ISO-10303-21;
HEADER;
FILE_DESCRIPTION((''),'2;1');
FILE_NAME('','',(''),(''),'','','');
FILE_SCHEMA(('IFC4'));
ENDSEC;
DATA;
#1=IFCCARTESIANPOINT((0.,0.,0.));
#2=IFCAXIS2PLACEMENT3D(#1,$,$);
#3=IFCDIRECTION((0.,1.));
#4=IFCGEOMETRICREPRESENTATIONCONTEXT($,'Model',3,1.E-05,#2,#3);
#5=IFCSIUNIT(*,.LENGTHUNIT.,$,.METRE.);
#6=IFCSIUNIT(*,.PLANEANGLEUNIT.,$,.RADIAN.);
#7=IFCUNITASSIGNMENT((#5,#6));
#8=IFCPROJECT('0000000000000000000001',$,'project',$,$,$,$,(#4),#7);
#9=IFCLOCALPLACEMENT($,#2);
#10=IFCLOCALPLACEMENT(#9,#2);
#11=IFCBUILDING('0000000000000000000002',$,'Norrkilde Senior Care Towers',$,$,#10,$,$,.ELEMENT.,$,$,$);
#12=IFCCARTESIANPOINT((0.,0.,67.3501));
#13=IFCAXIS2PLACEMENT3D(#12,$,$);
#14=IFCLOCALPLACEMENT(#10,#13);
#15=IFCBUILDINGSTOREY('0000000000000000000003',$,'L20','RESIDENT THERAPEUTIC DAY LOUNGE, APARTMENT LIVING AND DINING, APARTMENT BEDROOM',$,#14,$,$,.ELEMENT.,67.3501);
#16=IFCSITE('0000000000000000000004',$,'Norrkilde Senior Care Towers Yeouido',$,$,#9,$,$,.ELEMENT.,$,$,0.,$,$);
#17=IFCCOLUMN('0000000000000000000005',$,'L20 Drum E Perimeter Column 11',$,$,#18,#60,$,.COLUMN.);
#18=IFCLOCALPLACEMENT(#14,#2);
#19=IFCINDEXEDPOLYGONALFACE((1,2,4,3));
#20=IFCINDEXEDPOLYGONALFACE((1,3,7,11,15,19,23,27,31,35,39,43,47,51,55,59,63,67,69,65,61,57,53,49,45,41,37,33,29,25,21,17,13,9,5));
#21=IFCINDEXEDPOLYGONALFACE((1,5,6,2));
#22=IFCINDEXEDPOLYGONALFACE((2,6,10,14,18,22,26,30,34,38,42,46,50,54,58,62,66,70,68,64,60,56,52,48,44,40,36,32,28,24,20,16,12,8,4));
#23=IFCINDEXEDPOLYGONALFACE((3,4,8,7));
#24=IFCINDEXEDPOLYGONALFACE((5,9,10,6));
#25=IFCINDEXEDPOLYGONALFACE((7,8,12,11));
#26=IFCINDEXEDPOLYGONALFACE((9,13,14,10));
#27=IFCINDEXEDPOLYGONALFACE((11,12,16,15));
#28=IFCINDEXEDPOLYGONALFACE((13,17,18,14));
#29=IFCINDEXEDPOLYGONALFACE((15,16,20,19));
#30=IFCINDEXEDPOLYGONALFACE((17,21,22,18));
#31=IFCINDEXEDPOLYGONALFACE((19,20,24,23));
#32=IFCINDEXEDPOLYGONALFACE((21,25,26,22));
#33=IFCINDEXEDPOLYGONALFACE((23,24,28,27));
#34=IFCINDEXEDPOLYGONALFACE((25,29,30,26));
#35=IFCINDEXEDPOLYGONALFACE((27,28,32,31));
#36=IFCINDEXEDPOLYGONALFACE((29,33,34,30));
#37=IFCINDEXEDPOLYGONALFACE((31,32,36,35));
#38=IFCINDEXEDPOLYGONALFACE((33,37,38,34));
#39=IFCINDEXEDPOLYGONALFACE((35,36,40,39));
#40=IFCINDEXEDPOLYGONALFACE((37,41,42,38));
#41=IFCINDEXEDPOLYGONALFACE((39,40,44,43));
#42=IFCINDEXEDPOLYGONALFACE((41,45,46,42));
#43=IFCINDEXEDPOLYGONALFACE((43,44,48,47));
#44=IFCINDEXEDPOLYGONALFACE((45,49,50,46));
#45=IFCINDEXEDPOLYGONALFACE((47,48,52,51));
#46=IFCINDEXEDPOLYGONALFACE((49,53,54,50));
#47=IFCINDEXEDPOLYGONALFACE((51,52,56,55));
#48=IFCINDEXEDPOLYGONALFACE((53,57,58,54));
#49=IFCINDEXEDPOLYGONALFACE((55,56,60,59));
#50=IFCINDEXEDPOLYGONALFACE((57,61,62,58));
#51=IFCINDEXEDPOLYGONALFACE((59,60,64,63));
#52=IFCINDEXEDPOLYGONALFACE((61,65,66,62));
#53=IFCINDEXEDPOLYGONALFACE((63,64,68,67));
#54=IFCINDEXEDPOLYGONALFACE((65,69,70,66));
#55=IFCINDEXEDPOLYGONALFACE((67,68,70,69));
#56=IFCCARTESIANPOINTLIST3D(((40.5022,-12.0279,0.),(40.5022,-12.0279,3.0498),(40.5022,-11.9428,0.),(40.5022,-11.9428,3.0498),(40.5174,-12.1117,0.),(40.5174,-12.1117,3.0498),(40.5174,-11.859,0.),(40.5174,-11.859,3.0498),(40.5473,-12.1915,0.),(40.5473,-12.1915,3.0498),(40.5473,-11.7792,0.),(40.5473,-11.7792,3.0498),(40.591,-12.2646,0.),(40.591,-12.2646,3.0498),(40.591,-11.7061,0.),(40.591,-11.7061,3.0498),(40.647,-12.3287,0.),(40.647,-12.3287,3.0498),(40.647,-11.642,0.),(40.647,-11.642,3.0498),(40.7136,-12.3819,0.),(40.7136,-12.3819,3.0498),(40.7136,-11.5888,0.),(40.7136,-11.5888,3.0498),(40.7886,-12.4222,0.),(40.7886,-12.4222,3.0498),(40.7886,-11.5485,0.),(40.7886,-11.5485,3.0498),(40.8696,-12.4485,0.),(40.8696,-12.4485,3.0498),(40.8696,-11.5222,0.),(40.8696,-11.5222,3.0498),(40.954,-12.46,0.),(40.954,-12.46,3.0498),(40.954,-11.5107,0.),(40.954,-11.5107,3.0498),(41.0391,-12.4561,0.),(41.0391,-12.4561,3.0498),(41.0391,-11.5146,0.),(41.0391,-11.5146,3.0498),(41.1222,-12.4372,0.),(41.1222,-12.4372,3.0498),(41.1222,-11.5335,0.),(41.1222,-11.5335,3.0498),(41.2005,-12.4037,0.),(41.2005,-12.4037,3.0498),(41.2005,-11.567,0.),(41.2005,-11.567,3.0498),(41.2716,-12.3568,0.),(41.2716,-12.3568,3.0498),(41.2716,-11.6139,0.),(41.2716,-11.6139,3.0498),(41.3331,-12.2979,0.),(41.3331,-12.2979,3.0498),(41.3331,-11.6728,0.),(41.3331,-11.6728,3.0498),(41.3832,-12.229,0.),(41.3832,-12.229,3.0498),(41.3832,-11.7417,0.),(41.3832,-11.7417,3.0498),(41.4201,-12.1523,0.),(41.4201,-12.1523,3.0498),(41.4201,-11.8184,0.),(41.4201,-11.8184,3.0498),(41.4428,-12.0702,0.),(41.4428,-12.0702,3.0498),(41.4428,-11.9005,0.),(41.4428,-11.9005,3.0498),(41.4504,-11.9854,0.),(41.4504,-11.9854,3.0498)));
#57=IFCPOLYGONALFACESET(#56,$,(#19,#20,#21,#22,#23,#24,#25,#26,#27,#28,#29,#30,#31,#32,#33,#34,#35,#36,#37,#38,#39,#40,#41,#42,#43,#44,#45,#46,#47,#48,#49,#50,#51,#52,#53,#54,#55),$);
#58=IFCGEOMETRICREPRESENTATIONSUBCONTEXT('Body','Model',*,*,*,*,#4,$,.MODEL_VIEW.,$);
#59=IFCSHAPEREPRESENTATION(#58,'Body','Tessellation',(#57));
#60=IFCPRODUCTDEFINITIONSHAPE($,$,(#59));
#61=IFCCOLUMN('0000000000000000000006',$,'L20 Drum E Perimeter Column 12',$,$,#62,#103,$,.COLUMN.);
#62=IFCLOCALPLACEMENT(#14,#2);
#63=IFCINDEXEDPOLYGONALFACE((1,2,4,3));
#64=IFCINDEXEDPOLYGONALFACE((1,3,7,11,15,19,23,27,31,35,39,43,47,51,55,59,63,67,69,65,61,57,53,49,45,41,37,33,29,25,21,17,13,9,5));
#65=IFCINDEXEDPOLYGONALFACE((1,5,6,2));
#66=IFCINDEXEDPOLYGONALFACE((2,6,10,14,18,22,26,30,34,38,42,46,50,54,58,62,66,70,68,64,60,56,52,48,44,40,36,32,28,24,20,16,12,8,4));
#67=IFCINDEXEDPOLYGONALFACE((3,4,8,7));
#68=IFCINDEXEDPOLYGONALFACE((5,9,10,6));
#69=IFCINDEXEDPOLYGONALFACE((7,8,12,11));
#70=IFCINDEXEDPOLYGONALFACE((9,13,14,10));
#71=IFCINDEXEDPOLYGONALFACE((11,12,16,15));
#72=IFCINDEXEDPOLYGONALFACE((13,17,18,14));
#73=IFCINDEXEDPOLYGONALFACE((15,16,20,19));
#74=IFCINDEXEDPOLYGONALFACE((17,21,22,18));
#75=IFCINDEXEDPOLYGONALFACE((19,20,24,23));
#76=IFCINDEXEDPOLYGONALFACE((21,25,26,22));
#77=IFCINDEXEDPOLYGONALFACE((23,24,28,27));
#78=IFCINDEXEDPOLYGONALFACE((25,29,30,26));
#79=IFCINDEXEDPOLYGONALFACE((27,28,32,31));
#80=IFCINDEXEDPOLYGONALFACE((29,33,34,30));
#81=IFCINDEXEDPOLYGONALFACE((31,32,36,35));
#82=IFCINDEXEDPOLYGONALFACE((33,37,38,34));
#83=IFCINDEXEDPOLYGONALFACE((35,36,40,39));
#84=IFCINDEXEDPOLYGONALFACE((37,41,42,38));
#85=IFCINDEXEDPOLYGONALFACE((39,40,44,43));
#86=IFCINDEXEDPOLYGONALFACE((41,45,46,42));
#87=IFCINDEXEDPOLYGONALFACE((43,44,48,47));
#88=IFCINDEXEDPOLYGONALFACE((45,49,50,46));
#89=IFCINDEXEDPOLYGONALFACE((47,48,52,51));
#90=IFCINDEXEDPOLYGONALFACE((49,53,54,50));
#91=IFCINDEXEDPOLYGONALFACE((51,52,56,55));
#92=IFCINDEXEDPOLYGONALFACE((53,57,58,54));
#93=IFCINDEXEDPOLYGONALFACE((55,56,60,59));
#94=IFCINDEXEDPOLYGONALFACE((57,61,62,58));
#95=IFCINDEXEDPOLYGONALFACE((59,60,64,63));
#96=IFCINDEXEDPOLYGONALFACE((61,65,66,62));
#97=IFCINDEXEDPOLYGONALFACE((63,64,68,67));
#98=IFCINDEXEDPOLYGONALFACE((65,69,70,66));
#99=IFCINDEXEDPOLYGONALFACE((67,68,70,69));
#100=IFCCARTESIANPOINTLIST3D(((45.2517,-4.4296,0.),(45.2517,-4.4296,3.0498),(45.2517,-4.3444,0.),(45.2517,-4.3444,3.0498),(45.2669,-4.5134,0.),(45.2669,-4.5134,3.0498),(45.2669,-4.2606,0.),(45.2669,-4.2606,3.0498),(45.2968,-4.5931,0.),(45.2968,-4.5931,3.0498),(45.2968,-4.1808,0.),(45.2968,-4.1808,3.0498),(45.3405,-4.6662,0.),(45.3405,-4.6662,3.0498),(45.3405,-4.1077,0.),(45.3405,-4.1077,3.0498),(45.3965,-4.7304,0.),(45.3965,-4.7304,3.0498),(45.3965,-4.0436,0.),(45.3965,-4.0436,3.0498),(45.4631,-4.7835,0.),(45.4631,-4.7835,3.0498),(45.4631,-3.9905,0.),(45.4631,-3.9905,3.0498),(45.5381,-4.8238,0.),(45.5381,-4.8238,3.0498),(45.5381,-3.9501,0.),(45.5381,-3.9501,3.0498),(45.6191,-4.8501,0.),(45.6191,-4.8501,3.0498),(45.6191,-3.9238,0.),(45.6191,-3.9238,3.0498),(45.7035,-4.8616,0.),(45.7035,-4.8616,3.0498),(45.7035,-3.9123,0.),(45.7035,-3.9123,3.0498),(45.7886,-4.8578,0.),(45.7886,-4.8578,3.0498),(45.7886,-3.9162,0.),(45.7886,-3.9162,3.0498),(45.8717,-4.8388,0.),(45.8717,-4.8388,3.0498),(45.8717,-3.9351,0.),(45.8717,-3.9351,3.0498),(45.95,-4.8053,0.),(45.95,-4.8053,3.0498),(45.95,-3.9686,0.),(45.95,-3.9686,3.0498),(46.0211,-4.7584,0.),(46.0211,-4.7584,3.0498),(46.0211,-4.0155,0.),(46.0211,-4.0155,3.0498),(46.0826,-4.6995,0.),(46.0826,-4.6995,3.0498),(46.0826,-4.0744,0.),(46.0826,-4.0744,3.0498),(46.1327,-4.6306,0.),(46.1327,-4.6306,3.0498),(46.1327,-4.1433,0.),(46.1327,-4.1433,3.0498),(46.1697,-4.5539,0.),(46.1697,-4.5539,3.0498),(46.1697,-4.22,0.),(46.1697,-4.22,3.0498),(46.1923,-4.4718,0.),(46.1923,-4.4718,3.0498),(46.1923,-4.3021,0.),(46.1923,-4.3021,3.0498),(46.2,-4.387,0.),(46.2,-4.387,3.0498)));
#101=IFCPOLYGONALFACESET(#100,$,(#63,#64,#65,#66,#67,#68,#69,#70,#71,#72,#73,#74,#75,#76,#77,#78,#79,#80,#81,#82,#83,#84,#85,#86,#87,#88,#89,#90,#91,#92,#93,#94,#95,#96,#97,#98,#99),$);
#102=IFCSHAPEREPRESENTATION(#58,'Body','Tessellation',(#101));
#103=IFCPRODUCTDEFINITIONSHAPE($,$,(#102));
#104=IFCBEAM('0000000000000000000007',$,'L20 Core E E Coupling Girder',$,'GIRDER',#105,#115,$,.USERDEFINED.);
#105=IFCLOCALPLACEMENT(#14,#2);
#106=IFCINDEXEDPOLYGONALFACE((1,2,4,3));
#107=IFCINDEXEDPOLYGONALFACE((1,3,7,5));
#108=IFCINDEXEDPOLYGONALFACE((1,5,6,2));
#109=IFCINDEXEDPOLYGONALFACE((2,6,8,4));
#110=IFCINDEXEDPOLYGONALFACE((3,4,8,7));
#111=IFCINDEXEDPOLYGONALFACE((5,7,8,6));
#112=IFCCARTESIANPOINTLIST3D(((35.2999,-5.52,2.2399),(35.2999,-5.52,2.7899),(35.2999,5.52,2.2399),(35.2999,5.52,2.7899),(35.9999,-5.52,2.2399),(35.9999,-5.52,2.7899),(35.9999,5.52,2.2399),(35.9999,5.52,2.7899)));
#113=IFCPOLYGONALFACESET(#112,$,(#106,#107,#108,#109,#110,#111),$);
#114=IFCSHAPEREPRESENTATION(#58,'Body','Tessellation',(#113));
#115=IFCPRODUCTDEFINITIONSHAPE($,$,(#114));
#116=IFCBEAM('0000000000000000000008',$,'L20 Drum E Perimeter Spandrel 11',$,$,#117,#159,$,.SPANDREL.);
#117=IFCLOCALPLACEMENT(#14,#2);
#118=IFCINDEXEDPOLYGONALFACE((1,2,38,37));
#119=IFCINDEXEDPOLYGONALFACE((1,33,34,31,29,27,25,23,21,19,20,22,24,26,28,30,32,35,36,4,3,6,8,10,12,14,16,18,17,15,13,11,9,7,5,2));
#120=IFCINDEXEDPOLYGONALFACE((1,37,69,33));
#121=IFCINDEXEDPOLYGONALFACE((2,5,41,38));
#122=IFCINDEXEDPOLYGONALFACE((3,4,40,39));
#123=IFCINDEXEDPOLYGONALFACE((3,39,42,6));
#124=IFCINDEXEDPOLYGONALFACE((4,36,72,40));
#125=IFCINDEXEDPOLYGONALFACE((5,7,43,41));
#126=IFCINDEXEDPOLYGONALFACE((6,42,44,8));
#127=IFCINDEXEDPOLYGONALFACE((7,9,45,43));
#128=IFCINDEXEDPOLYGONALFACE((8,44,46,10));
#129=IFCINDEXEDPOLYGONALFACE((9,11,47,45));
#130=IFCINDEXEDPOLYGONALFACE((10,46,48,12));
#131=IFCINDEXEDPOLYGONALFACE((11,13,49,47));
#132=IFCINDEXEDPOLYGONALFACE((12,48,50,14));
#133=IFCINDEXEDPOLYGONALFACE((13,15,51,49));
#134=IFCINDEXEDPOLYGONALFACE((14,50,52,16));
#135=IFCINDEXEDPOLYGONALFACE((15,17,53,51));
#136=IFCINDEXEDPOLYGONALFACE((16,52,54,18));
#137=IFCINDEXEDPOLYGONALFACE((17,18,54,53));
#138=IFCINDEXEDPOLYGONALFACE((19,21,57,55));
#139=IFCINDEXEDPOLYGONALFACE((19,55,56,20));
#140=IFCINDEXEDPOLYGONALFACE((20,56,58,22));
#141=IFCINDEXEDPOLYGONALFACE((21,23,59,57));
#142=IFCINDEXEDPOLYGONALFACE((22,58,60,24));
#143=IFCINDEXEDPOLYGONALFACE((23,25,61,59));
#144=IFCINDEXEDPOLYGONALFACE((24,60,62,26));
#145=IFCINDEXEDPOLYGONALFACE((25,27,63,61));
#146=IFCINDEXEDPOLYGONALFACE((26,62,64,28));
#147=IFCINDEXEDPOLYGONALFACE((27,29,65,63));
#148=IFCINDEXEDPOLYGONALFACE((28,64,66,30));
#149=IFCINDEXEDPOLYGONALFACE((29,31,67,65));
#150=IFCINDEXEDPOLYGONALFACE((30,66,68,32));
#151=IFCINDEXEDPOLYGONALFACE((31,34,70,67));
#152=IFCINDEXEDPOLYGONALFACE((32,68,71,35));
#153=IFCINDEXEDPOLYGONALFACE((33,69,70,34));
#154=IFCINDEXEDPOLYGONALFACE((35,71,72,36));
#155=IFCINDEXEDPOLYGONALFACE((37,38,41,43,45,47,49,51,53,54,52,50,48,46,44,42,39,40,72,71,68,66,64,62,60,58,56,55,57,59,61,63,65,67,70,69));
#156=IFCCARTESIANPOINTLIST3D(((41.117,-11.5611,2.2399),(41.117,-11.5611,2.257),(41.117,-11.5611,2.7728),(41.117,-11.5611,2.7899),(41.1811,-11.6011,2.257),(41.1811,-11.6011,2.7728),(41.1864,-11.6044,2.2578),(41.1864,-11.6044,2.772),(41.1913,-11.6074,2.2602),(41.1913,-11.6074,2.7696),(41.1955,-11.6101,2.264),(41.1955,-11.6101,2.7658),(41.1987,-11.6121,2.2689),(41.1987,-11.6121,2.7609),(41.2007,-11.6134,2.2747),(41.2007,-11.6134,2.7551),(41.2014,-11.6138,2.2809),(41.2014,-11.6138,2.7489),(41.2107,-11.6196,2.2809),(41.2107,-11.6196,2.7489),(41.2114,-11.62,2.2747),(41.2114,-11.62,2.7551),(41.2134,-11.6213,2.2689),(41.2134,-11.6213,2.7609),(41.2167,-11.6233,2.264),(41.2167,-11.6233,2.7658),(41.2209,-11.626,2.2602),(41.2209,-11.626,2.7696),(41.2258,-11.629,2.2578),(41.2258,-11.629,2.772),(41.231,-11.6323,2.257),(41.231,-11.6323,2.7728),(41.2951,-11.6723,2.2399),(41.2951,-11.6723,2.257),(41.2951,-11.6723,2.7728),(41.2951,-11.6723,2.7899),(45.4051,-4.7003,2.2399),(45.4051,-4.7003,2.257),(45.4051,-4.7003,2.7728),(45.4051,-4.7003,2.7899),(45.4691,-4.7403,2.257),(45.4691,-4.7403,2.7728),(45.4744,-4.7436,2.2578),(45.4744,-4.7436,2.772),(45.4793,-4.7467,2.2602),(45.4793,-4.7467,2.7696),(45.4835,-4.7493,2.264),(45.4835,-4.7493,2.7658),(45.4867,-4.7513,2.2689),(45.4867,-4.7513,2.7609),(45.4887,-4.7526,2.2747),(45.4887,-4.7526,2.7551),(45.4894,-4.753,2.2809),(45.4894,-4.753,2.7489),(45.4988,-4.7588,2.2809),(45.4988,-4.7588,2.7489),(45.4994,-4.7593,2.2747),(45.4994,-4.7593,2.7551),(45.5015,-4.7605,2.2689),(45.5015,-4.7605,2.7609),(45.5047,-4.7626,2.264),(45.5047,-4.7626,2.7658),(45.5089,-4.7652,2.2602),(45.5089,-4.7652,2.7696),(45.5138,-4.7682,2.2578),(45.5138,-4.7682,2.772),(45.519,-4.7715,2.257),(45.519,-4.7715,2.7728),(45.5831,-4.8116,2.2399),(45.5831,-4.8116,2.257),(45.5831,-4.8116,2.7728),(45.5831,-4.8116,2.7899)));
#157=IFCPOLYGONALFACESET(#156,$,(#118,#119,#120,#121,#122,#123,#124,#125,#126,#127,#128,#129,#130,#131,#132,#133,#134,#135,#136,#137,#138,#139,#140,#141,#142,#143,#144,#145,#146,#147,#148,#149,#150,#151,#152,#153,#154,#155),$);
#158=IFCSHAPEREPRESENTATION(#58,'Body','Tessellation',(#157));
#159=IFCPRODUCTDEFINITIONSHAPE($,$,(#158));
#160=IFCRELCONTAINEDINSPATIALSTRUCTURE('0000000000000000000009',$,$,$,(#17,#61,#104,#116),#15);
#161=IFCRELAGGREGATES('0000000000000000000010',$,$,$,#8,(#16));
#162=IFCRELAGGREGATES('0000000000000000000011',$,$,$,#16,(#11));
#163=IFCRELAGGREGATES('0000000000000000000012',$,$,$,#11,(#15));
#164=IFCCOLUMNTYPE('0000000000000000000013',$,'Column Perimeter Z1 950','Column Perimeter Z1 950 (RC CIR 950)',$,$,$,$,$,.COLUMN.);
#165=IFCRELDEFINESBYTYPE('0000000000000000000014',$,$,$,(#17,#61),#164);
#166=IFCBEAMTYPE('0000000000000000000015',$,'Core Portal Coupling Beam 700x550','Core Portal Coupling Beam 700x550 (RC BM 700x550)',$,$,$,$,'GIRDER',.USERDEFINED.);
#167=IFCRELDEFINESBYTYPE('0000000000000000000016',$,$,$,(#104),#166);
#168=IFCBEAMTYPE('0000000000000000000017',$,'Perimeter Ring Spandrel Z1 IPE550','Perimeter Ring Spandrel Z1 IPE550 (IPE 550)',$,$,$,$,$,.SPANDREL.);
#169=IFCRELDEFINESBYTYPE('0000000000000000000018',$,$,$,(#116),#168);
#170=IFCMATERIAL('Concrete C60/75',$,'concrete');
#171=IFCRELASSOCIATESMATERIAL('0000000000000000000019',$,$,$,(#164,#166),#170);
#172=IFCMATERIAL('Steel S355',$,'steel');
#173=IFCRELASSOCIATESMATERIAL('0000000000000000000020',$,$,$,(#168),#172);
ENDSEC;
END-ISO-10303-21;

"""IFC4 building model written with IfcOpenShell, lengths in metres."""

from ifc_helpers import new_model, si_unit, direction, frame, origin, origin_2d, place, context, subcontext, project, spatial, rectangle, circle, i_section, extrude, source, transform, mapped, material, material_profile, profile_set, type_object, type_shapes, element, save


model = new_model("IFC4")

# Units and contexts
model_context = context("Model", 3, precision=1e-05, world=origin(), true_north=direction((0.0, 1.0)))
body_context = subcontext(model_context, "Body", "Model", "MODEL_VIEW")
ifc_project = project(units=[si_unit("LENGTHUNIT", "METRE"), si_unit("PLANEANGLEUNIT", "RADIAN")], contexts=[model_context])

# Site, building, storey
site_placement = place(None, origin())
site = spatial("IfcSite", under=ifc_project, at=site_placement, Name="Norrkilde Senior Care Towers Yeouido", CompositionType="ELEMENT", RefElevation=0.0)
building_placement = place(site_placement, origin())
building = spatial("IfcBuilding", under=site, at=building_placement, Name="Norrkilde Senior Care Towers", CompositionType="ELEMENT")
storey_placement = place(building_placement, frame((0.0, 0.0, 67.3501)))
storey = spatial("IfcBuildingStorey", under=building, at=storey_placement, Name="L20", Description="RESIDENT THERAPEUTIC DAY LOUNGE, APARTMENT LIVING AND DINING, APARTMENT BEDROOM", CompositionType="ELEMENT", Elevation=67.3501)

# Columns
ifc_material_1 = material(Name="Concrete C60/75", Category="concrete")
ifc_material_profile_1 = material_profile(ifc_material_1, circle(Radius=0.4751, at=origin_2d()), Name="RC CIR 950")
ifc_profile_set_1 = profile_set([ifc_material_profile_1], Name="Concrete C60/75")
column_type = type_object("IfcColumnType", Name="Column Perimeter Z1 950", Description="Column Perimeter Z1 950 (RC CIR 950)", PredefinedType="COLUMN", material=ifc_profile_set_1)
shared_shape_1 = source(origin(), body_context, "Body", "SweptSolid", [
    extrude(circle(Radius=0.4751, at=origin_2d()), origin(), (0.0, 0.0, 1.0), 3.0498),
])
type_shapes(column_type, [shared_shape_1])
for number, where, z_axis, x_axis, name in (
    (1, (40.9753, -11.9854, 0.0), (0.0, 0.0, 1.0), (1.0, 0.0, 0.0), "L20 Drum E Perimeter Column 11"),
    (2, (45.7249, -4.387, 0.0), (0.0, 0.0, 1.0), (1.0, 0.0, 0.0), "L20 Drum E Perimeter Column 12"),
):
    element("IfcColumn", number, at=place(storey_placement, frame(where, z_axis=z_axis, x_axis=x_axis)), inside=storey, type_object=column_type, Name=name, PredefinedType="COLUMN", context=body_context, shape_type="MappedRepresentation", body=[
        mapped(shared_shape_1, transform((0.0, 0.0, 0.0), x_axis=(1.0, 0.0, 0.0), y_axis=(0.0, 1.0, 0.0), z_axis=(0.0, 0.0, 1.0), scale=1.0)),
    ])

# Beams
ifc_material_profile_2 = material_profile(ifc_material_1, rectangle(XDim=0.7, YDim=0.55, at=origin_2d()), Name="RC BM 700x550")
ifc_profile_set_2 = profile_set([ifc_material_profile_2], Name="Concrete C60/75")
beam_type_1 = type_object("IfcBeamType", Name="Core Portal Coupling Beam 700x550", Description="Core Portal Coupling Beam 700x550 (RC BM 700x550)", ElementType="GIRDER", PredefinedType="USERDEFINED", material=ifc_profile_set_2)
shared_shape_2 = source(origin(), body_context, "Body", "SweptSolid", [
    extrude(rectangle(XDim=0.7, YDim=0.55, at=origin_2d()), origin(), (0.0, 0.0, 1.0), 11.04),
])
type_shapes(beam_type_1, [shared_shape_2])
beam_1_placement = place(storey_placement, frame((35.6499, -5.52, 2.5149), z_axis=(0.0, 1.0, 0.0), x_axis=(-1.0, 0.0, 0.0)))
element("IfcBeam", 3, at=beam_1_placement, inside=storey, type_object=beam_type_1, Name="L20 Core E E Coupling Girder", ObjectType="GIRDER", PredefinedType="USERDEFINED", context=body_context, shape_type="MappedRepresentation", body=[
    mapped(shared_shape_2, transform((0.0, 0.0, 0.0), x_axis=(1.0, 0.0, 0.0), y_axis=(0.0, 1.0, 0.0), z_axis=(0.0, 0.0, 1.0), scale=1.0)),
])
ifc_material_2 = material(Name="Steel S355", Category="steel")
ifc_material_profile_3 = material_profile(ifc_material_2, i_section(OverallWidth=0.21, OverallDepth=0.55, WebThickness=0.011, FlangeThickness=0.0171, FilletRadius=0.0239, at=origin_2d()), Name="IPE 550")
ifc_profile_set_3 = profile_set([ifc_material_profile_3], Name="Steel S355")
beam_type_2 = type_object("IfcBeamType", Name="Perimeter Ring Spandrel Z1 IPE550", Description="Perimeter Ring Spandrel Z1 IPE550 (IPE 550)", PredefinedType="SPANDREL", material=ifc_profile_set_3)
shared_shape_3 = source(origin(), body_context, "Body", "SweptSolid", [
    extrude(i_section(OverallWidth=0.21, OverallDepth=0.55, WebThickness=0.011, FlangeThickness=0.0171, FilletRadius=0.0239, at=origin_2d()), origin(), (0.0, 0.0, 1.0), 8.0906),
])
beam_2_placement = place(storey_placement, frame((41.2061, -11.6167, 2.5149), z_axis=(0.530004, 0.847995, 0.0), x_axis=(-0.847995, 0.530004, 0.0)))
element("IfcBeam", 4, at=beam_2_placement, inside=storey, type_object=beam_type_2, Name="L20 Drum E Perimeter Spandrel 11", PredefinedType="SPANDREL", context=body_context, shape_type="MappedRepresentation", body=[
    mapped(shared_shape_3, transform((0.0, 0.0, 0.0), x_axis=(1.0, 0.0, 0.0), y_axis=(0.0, 1.0, 0.0), z_axis=(0.0, 0.0, 1.0), scale=1.0)),
])

save(model, "model.ifc")
